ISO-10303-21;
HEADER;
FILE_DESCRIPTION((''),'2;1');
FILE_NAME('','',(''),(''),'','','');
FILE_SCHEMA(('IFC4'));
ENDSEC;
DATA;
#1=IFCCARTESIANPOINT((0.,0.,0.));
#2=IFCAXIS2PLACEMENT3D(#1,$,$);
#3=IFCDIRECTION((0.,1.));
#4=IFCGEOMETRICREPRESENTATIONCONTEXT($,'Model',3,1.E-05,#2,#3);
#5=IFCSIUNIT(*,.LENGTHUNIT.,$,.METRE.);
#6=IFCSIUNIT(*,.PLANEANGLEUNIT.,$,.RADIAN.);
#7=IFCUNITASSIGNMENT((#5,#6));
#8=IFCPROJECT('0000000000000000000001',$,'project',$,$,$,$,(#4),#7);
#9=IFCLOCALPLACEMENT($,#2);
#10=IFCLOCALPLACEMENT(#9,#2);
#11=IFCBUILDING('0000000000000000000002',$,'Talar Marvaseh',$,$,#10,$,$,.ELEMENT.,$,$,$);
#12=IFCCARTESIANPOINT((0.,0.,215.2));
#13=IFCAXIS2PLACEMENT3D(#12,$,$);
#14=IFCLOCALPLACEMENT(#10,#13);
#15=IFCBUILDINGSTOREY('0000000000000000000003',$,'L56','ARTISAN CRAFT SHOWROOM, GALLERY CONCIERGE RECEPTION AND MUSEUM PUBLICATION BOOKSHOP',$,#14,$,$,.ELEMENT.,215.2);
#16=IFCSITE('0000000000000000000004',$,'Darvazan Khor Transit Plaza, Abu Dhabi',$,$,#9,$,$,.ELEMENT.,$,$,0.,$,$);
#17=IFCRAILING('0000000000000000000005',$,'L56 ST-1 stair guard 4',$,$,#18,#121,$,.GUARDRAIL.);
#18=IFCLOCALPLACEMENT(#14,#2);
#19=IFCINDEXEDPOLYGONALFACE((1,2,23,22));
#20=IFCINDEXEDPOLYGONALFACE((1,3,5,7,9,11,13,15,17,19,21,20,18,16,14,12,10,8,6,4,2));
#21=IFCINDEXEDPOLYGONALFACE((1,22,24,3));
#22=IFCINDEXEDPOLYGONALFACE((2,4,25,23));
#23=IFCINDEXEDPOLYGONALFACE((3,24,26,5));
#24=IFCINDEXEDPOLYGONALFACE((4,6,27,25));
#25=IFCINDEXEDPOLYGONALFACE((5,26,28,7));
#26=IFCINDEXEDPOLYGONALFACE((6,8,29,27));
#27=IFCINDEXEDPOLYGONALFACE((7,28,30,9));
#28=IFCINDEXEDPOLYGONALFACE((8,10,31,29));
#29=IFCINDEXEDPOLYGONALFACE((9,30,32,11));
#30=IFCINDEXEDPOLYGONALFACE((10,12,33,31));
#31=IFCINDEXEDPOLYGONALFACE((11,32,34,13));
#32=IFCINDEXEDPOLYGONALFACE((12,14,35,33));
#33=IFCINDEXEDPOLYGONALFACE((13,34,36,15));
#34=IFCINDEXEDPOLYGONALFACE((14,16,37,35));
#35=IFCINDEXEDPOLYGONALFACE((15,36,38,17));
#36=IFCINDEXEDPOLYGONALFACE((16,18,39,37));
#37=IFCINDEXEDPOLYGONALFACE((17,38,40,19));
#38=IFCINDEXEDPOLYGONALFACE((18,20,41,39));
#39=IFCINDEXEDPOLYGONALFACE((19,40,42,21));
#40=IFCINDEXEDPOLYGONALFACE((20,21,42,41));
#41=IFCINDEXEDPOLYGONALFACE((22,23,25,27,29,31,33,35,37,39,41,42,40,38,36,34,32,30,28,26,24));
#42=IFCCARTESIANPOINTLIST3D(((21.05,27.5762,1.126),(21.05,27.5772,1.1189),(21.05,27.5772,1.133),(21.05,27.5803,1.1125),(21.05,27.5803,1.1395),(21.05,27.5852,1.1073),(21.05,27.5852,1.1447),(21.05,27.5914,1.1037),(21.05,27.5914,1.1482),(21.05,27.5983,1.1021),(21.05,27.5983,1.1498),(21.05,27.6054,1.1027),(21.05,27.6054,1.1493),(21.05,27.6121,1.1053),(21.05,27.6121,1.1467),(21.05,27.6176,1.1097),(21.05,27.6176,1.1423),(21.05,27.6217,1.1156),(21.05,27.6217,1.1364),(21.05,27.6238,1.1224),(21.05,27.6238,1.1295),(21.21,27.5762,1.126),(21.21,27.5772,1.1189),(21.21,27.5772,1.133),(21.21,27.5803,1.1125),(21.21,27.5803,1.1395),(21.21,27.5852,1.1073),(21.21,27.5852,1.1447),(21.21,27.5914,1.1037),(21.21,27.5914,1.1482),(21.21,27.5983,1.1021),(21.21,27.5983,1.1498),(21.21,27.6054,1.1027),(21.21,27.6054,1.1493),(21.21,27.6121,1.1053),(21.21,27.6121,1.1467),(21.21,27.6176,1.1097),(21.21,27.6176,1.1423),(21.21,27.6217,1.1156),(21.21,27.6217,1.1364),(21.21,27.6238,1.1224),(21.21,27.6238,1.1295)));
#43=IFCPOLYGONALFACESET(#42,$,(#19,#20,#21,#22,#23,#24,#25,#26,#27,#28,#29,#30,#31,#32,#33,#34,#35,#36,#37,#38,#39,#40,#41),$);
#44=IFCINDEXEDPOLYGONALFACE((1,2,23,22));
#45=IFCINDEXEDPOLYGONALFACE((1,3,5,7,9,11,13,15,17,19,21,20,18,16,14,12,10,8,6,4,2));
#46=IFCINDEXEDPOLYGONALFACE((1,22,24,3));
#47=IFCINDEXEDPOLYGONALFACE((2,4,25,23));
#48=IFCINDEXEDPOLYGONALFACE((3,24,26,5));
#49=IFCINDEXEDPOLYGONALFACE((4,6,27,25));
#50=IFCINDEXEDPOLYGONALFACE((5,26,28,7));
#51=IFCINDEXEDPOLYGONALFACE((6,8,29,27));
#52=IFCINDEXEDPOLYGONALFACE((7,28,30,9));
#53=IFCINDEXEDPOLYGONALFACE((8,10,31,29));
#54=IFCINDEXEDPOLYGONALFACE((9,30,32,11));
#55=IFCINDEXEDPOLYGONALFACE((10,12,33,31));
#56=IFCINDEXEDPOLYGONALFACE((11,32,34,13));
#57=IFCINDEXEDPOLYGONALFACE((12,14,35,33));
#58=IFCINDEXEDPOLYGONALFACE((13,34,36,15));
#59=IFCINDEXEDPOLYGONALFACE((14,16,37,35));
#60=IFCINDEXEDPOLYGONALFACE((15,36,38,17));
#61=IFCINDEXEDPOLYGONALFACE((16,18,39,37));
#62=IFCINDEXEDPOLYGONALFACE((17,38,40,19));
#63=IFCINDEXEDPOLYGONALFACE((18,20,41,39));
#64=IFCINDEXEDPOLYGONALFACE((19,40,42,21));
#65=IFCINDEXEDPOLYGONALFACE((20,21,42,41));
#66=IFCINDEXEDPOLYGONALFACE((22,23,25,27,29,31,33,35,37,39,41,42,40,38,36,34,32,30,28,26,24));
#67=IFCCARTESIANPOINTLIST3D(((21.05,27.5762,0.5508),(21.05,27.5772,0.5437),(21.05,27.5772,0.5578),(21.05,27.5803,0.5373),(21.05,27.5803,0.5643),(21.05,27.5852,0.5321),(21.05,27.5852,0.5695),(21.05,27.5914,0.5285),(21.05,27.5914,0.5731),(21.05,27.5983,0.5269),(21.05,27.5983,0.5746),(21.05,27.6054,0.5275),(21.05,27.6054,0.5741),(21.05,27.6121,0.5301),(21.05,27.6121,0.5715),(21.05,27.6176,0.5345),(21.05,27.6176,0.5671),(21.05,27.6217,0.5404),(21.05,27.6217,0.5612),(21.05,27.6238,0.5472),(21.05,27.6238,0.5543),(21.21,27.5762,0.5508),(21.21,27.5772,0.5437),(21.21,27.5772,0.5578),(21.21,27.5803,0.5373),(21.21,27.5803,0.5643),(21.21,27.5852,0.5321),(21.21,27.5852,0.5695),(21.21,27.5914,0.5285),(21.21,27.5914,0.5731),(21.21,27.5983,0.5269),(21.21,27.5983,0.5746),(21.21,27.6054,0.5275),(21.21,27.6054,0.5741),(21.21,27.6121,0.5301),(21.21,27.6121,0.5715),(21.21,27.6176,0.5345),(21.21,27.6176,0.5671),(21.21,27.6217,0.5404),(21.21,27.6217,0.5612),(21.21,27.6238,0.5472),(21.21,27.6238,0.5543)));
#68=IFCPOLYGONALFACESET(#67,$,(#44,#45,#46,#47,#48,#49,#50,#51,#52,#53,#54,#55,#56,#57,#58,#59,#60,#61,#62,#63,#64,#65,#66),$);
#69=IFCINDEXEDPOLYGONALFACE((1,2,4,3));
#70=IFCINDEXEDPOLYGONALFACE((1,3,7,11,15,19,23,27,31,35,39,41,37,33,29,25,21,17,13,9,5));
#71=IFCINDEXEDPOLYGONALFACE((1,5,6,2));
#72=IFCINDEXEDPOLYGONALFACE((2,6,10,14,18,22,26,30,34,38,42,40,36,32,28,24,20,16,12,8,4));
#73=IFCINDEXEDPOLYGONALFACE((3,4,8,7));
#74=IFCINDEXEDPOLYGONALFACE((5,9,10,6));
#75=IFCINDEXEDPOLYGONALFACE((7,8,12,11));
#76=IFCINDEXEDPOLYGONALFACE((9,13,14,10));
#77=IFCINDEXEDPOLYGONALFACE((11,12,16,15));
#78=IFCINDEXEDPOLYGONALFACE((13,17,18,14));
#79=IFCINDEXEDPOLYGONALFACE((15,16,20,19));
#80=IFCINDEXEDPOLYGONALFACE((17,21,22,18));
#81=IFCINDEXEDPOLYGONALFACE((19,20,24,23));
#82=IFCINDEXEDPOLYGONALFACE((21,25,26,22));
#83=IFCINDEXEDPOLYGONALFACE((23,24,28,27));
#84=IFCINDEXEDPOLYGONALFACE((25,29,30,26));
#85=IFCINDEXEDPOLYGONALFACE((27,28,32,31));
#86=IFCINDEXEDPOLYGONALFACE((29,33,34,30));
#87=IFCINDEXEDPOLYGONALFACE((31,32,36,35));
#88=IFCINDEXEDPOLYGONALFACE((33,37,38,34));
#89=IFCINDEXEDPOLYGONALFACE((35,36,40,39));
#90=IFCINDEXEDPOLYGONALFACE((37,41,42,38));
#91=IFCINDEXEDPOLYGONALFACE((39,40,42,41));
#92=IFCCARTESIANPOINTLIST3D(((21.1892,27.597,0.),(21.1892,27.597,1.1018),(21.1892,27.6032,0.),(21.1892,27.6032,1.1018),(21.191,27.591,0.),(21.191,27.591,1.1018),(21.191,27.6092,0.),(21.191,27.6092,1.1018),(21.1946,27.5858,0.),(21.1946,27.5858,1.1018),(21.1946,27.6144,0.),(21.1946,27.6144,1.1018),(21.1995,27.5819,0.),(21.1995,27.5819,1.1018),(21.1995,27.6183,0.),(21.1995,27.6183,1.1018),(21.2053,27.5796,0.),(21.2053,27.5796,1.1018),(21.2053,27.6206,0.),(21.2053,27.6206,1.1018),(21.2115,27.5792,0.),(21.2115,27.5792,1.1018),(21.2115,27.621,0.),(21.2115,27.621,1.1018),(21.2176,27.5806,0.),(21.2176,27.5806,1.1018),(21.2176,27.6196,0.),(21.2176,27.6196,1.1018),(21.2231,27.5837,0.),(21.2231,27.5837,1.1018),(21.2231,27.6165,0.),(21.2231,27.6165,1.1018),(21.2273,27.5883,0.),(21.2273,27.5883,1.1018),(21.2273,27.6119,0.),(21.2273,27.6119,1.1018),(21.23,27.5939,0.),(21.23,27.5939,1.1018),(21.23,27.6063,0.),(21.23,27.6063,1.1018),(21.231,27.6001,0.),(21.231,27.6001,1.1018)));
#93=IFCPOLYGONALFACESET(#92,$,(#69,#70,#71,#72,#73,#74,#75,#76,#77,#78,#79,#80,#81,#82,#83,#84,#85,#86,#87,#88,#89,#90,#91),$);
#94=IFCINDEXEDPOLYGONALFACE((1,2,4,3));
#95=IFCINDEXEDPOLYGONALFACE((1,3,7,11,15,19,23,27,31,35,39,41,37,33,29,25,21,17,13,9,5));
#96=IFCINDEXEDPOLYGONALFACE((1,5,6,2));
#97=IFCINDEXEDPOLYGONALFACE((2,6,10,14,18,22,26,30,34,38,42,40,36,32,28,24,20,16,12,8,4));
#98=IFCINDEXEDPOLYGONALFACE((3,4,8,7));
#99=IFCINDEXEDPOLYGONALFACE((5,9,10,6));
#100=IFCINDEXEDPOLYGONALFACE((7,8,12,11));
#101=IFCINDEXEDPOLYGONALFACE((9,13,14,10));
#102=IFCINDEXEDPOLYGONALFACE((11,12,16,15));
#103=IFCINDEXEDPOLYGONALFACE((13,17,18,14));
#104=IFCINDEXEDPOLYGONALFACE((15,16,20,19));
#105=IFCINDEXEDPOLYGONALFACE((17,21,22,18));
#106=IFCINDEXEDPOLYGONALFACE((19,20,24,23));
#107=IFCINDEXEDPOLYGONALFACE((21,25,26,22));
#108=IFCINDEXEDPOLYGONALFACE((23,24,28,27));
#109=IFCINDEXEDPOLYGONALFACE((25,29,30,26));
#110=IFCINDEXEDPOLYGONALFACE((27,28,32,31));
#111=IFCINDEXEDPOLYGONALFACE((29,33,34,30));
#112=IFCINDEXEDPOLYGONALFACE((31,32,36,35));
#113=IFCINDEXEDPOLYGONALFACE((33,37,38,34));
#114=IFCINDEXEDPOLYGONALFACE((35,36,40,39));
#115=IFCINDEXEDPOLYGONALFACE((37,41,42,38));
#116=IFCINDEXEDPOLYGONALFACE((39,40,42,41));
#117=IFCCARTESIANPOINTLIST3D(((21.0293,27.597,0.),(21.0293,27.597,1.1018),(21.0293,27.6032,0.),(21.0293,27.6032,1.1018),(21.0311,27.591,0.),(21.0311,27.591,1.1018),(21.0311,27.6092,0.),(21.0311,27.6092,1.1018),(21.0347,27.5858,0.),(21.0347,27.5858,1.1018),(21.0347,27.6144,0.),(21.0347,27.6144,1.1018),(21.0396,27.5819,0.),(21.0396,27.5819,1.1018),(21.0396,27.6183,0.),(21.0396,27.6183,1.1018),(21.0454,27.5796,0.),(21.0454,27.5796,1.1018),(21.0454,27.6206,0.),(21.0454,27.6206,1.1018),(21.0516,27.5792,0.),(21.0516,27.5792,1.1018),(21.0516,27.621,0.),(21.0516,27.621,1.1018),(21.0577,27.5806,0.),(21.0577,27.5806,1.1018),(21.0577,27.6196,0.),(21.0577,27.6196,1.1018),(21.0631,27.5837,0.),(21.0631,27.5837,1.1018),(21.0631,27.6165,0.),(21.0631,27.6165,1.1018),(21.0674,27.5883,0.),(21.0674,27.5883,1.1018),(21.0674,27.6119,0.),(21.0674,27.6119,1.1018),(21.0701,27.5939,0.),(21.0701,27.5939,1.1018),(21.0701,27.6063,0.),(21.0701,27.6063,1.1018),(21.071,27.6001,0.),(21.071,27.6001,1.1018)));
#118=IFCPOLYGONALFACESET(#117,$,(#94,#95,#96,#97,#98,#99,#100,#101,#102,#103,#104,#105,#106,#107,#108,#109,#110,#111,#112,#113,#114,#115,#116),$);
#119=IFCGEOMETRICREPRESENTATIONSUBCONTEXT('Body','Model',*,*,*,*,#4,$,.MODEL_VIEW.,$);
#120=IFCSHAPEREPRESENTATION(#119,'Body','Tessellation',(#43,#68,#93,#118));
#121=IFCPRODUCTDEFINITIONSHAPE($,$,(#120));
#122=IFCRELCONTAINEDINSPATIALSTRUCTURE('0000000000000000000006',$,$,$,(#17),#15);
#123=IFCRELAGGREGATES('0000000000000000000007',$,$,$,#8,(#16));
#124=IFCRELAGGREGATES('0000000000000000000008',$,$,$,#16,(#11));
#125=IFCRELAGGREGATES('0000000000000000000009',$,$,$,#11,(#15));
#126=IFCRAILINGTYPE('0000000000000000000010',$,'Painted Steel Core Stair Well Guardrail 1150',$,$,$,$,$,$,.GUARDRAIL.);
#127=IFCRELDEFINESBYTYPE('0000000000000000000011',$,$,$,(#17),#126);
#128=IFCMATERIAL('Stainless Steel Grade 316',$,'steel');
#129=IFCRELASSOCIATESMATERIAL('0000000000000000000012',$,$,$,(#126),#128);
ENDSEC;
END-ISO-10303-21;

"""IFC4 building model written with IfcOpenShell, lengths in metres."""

from ifc_helpers import new_model, si_unit, direction, frame, origin, origin_2d, place, context, subcontext, project, spatial, circle, extrude, material, type_object, element, save


model = new_model("IFC4")

# Units and contexts
model_context = context("Model", 3, precision=1e-05, world=origin(), true_north=direction((0.0, 1.0)))
body_context = subcontext(model_context, "Body", "Model", "MODEL_VIEW")
ifc_project = project(units=[si_unit("LENGTHUNIT", "METRE"), si_unit("PLANEANGLEUNIT", "RADIAN")], contexts=[model_context])

# Site, building, storey
site_placement = place(None, origin())
site = spatial("IfcSite", under=ifc_project, at=site_placement, Name="Darvazan Khor Transit Plaza, Abu Dhabi", CompositionType="ELEMENT", RefElevation=0.0)
building_placement = place(site_placement, origin())
building = spatial("IfcBuilding", under=site, at=building_placement, Name="Talar Marvaseh", CompositionType="ELEMENT")
storey_placement = place(building_placement, frame((0.0, 0.0, 215.2)))
storey = spatial("IfcBuildingStorey", under=building, at=storey_placement, Name="L56", Description="ARTISAN CRAFT SHOWROOM, GALLERY CONCIERGE RECEPTION AND MUSEUM PUBLICATION BOOKSHOP", CompositionType="ELEMENT", Elevation=215.2)

# Railing
ifc_material_1 = material(Name="Stainless Steel Grade 316", Category="steel")
railing_type_1 = type_object("IfcRailingType", Name="Painted Steel Core Stair Well Guardrail 1150", PredefinedType="GUARDRAIL", material=ifc_material_1)
railing_1_placement = place(storey_placement, frame((21.21, 27.6001, 0.0)))
element("IfcRailing", 1, at=railing_1_placement, inside=storey, type_object=railing_type_1, Name="L56 ST-1 stair guard 4", PredefinedType="GUARDRAIL", context=body_context, shape_type="SweptSolid", body=[
    extrude(circle(Radius=0.0239, at=origin_2d()), frame((0.0, 0.0, 1.126), z_axis=(-1.0, 0.0, 0.0), x_axis=(0.0, -1.0, 0.0)), (0.0, 0.0, 1.0), 0.1599),
    extrude(circle(Radius=0.0239, at=origin_2d()), frame((0.0, 0.0, 0.5508), z_axis=(-1.0, 0.0, 0.0), x_axis=(0.0, -1.0, 0.0)), (0.0, 0.0, 1.0), 0.1599),
    extrude(circle(Radius=0.021, at=origin_2d()), origin(), (0.0, 0.0, 1.0), 1.1018),
    extrude(circle(Radius=0.021, at=origin_2d()), frame((-0.1599, 0.0, 0.0)), (0.0, 0.0, 1.0), 1.1018),
])

save(model, "model.ifc")
